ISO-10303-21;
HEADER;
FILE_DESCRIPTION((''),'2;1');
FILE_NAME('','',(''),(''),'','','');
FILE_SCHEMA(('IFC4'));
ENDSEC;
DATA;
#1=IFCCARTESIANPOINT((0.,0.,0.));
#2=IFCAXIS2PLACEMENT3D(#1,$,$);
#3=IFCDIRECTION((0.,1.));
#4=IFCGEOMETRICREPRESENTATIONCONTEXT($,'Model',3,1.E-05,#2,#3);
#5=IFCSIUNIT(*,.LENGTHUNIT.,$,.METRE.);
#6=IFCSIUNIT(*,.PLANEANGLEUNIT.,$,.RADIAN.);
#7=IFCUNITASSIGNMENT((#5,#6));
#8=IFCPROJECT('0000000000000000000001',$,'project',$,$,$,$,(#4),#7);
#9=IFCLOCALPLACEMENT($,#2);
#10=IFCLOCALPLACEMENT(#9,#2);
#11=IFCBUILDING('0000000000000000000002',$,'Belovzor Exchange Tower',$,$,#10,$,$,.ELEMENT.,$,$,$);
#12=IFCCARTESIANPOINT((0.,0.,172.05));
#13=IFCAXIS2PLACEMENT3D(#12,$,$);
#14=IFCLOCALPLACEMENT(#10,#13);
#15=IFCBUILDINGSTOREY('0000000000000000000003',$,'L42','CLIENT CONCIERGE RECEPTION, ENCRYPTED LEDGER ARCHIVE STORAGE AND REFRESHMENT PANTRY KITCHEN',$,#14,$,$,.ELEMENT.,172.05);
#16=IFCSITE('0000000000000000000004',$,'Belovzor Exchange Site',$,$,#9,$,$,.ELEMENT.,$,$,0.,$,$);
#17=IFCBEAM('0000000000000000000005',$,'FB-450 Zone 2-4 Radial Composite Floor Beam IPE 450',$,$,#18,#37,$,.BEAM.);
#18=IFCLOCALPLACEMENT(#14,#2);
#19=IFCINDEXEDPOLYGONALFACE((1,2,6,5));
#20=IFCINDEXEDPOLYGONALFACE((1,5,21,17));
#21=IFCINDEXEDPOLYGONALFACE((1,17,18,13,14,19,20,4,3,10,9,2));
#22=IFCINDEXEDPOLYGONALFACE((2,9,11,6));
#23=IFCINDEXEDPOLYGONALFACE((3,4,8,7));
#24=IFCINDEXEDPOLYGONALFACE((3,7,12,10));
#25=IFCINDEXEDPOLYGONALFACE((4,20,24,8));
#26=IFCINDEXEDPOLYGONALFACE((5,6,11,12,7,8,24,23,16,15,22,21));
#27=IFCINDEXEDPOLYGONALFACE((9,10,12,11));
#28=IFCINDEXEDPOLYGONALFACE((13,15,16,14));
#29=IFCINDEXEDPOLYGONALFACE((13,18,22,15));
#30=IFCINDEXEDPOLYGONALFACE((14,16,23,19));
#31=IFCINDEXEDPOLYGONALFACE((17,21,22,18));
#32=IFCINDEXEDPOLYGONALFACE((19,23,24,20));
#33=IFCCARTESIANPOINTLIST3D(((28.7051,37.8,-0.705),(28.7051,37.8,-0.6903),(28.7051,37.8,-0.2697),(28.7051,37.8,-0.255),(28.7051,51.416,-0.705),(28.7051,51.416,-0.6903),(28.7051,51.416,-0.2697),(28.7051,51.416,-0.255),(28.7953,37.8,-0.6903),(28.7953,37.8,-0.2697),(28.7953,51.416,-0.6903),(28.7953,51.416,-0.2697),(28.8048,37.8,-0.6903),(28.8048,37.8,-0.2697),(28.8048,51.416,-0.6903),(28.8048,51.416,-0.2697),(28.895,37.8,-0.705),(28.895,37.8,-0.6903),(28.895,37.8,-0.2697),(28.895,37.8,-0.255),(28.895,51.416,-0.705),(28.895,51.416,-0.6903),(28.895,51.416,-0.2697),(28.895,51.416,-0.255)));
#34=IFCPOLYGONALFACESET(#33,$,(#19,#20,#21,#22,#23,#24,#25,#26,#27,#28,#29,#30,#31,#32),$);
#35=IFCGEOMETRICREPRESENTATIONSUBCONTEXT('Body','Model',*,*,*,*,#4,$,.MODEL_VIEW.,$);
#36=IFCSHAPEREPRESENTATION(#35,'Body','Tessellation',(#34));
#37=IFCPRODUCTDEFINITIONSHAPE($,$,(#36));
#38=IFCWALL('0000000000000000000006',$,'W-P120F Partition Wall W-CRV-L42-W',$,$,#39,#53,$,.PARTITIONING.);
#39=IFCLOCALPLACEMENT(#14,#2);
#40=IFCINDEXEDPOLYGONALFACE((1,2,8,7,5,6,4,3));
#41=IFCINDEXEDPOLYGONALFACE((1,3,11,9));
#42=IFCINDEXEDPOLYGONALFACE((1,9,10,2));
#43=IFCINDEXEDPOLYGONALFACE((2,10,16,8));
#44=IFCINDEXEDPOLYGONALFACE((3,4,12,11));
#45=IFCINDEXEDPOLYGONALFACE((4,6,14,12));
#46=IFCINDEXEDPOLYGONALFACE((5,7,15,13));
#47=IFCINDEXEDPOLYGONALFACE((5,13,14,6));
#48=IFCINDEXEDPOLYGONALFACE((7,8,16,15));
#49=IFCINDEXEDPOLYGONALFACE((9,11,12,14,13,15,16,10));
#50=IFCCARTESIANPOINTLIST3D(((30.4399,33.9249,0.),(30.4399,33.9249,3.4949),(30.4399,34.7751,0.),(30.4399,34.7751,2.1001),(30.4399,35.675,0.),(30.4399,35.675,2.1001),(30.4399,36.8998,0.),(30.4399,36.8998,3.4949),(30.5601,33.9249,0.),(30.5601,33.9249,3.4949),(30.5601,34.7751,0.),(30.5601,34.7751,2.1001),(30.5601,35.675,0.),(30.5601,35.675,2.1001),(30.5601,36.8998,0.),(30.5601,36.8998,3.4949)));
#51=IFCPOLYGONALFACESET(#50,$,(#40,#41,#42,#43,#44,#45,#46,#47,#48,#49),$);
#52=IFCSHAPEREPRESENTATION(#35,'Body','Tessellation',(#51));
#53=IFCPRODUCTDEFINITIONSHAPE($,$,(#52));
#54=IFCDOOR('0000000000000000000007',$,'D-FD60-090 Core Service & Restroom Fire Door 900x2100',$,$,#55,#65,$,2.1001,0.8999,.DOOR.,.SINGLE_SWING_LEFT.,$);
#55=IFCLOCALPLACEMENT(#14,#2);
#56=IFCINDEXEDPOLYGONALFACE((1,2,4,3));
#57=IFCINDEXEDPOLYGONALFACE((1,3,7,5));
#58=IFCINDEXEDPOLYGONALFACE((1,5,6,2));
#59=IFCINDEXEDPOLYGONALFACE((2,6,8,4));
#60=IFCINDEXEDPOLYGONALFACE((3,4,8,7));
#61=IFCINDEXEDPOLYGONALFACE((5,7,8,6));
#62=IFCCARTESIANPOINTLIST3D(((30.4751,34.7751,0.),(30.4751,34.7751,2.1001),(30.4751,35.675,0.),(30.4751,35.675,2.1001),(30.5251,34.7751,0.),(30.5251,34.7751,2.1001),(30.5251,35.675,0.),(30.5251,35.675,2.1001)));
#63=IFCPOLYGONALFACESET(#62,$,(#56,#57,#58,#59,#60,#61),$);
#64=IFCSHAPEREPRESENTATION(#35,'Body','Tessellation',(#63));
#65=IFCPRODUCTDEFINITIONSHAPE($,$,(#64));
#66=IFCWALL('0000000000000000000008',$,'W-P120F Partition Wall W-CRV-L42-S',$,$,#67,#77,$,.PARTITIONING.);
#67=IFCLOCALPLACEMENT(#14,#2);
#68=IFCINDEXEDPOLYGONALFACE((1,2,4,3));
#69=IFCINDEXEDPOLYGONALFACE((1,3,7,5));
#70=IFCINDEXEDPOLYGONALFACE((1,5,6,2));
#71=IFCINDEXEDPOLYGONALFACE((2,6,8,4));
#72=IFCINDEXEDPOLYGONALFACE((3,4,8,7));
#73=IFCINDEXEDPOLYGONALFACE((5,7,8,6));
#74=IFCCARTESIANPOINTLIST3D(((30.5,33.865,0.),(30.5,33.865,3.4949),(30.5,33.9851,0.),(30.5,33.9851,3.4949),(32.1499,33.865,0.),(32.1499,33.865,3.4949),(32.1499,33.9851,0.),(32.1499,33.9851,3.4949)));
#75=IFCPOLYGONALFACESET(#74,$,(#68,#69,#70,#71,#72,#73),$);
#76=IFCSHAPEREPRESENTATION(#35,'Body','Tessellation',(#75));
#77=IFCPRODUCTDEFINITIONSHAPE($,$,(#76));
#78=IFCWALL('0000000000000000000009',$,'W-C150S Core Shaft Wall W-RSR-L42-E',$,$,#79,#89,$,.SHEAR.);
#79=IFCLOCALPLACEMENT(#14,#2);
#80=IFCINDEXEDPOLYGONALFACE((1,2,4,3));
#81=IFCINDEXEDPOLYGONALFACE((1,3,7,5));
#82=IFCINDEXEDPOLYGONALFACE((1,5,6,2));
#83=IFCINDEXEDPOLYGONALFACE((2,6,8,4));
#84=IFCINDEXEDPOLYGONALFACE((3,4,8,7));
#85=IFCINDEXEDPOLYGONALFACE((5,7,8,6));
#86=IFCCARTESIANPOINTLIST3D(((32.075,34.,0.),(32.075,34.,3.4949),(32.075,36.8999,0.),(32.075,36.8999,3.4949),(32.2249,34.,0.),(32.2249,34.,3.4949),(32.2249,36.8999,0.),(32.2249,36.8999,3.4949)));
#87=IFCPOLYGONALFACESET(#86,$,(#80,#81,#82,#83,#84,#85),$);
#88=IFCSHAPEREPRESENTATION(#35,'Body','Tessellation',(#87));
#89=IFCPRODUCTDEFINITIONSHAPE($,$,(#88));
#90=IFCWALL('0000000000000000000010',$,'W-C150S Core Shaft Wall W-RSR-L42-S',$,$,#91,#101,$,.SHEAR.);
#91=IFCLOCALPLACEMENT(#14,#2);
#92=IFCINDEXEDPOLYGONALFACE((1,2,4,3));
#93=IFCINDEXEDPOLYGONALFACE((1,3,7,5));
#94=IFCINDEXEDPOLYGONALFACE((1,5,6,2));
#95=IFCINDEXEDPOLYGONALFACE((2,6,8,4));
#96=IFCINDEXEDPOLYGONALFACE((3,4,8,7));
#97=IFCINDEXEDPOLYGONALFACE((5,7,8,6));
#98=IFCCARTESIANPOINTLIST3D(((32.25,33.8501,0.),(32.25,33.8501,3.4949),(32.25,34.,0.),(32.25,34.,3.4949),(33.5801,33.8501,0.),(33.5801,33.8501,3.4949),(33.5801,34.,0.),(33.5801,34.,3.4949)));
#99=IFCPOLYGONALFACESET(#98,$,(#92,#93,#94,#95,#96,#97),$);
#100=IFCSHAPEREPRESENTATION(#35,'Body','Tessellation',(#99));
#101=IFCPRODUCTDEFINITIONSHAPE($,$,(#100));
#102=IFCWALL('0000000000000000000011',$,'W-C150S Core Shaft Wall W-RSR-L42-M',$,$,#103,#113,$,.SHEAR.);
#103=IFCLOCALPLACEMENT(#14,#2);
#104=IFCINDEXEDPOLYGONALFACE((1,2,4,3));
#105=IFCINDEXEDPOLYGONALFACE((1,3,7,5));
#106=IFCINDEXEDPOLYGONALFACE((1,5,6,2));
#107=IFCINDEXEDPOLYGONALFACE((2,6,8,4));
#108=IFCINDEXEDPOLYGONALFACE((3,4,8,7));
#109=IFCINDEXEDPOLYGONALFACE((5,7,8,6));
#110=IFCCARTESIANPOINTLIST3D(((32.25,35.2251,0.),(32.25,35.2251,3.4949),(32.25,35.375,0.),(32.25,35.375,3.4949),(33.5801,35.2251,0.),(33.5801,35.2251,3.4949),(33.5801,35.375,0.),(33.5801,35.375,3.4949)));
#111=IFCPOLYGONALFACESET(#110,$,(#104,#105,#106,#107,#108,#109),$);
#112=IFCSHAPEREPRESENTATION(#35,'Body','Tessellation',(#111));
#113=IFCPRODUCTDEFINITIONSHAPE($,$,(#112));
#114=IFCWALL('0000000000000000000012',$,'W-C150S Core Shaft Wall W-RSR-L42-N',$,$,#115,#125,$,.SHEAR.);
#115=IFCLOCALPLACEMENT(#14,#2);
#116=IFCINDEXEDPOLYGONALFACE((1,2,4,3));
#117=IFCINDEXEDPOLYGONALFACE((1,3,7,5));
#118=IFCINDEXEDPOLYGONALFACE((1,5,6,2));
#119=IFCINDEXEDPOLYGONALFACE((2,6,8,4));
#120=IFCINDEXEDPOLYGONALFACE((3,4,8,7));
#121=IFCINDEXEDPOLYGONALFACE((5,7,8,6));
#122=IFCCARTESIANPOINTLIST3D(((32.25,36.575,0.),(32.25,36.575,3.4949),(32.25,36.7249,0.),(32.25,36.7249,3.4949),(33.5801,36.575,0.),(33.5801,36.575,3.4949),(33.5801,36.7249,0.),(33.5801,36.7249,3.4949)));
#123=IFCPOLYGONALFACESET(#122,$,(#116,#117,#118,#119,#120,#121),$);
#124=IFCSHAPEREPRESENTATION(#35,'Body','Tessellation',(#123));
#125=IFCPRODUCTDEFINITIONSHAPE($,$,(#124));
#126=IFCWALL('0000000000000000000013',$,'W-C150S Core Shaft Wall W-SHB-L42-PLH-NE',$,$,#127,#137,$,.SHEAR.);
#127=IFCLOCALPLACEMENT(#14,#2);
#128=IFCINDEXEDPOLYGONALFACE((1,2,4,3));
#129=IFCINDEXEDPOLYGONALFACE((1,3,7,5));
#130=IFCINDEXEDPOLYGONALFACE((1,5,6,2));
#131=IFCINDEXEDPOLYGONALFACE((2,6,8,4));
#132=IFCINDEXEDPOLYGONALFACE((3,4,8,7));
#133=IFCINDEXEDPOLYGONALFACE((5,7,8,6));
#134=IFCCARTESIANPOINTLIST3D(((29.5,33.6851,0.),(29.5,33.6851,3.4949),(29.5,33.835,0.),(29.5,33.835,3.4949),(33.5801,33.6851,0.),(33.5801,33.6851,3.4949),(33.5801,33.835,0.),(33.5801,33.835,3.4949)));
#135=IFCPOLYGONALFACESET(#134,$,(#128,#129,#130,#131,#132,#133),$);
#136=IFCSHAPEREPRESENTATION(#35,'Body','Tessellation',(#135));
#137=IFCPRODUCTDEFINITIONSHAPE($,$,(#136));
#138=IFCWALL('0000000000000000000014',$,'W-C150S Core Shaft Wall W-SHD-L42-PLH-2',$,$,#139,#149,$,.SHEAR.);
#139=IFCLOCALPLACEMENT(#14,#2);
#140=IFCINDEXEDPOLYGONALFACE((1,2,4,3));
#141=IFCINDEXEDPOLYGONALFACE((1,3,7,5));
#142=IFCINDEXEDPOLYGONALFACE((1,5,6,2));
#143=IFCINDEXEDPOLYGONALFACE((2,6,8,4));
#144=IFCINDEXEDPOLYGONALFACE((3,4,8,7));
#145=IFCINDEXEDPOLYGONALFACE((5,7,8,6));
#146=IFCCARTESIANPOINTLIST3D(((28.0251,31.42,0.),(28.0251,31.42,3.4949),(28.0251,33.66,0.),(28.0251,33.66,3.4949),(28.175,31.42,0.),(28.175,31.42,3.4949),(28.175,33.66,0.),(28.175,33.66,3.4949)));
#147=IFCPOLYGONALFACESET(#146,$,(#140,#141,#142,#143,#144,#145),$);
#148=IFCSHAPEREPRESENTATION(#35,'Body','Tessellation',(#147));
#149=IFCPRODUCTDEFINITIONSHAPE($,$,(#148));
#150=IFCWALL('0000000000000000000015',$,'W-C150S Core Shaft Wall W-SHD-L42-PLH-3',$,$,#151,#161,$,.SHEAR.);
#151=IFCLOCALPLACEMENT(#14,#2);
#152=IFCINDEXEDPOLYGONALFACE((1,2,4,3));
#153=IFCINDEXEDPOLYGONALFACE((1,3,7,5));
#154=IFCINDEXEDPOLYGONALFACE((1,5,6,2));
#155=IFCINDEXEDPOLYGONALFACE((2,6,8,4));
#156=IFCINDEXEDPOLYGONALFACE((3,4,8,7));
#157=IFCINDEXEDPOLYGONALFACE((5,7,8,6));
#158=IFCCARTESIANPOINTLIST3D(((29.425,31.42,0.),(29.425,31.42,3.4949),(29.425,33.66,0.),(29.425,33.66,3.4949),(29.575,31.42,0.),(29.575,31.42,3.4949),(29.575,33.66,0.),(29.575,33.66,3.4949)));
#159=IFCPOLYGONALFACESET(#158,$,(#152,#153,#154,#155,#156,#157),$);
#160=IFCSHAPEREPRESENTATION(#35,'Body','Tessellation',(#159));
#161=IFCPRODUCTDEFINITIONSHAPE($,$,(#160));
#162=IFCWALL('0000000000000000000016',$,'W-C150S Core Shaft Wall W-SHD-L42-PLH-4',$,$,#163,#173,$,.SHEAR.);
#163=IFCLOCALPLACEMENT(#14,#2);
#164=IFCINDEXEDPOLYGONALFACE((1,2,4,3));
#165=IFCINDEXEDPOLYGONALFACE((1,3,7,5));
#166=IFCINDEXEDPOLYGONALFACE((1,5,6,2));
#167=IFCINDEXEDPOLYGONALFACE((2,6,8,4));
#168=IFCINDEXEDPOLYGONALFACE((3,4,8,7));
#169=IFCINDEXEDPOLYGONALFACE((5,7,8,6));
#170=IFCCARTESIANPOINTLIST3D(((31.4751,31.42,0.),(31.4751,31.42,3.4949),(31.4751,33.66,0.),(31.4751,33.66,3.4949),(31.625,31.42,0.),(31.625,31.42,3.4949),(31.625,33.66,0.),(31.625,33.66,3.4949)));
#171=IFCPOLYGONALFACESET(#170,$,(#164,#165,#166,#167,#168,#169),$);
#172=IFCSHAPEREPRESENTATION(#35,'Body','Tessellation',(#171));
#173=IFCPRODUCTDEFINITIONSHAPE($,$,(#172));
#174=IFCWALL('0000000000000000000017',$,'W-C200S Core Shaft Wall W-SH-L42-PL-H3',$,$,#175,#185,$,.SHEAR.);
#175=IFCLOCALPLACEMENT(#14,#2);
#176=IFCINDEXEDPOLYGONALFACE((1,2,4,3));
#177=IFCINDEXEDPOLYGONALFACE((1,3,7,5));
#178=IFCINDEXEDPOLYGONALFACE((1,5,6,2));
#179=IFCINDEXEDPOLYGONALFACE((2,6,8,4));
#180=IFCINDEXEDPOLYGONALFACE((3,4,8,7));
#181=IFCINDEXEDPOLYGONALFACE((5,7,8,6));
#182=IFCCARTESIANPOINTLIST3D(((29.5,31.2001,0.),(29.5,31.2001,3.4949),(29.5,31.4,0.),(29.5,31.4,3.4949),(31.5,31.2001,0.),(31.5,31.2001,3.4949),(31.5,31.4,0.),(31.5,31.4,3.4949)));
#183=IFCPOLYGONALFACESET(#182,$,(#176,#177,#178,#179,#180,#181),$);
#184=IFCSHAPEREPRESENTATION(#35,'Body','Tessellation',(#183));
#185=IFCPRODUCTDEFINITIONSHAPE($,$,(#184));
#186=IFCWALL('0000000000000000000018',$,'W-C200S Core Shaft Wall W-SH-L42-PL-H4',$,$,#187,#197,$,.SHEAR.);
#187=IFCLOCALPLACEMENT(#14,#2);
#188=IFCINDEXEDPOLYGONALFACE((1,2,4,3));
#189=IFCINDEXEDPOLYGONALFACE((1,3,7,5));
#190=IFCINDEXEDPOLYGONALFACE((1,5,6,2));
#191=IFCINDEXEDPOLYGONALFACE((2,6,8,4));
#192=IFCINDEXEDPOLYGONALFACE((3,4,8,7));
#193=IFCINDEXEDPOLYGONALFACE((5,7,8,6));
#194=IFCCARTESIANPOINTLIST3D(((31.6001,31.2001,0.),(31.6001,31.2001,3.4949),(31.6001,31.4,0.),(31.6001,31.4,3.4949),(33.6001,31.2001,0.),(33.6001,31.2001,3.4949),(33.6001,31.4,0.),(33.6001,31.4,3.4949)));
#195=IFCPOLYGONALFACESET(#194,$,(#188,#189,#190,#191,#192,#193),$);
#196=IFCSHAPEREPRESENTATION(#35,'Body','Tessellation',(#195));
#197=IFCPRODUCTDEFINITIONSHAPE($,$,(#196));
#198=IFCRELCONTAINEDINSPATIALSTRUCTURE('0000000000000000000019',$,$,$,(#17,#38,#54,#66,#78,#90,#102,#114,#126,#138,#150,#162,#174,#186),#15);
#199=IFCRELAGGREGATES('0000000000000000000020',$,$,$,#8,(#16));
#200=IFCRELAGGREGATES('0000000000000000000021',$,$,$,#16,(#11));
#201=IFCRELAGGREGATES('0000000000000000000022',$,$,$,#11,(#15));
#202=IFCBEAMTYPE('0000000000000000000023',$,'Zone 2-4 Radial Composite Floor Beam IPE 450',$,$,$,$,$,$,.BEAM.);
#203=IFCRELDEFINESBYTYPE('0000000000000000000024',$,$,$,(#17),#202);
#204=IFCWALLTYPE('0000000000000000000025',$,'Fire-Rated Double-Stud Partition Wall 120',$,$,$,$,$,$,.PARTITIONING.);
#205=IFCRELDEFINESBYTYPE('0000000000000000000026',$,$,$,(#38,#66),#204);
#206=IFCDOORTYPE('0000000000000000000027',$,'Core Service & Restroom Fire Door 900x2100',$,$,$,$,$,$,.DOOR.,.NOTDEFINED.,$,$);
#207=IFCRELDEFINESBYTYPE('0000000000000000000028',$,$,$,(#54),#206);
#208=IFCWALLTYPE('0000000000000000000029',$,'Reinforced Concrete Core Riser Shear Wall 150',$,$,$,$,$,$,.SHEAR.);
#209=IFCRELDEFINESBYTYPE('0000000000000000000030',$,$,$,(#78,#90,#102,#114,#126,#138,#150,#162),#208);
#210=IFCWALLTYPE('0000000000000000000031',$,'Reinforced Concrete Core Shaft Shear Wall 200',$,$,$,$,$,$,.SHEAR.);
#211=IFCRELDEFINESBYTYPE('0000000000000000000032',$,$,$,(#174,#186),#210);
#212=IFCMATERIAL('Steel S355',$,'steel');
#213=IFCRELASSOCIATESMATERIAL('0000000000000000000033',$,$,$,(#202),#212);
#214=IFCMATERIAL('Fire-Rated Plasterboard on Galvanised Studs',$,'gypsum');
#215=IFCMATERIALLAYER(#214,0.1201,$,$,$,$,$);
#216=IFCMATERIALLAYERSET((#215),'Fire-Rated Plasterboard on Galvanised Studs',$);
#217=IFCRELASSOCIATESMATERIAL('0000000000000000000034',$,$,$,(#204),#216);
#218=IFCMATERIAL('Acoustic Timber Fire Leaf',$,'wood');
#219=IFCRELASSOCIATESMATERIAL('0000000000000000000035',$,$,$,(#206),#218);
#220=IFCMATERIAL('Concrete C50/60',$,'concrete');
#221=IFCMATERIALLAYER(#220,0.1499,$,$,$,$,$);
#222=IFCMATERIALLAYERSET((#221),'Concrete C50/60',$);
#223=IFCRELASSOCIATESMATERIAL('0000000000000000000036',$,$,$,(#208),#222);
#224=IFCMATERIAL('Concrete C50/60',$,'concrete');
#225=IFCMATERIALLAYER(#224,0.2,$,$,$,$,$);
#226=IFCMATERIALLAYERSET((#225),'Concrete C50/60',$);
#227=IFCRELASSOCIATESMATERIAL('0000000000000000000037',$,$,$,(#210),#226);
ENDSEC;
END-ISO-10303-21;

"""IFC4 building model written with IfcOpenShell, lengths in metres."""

from ifc_helpers import new_model, si_unit, direction, frame, frame_2d, origin, origin_2d, place, context, subcontext, project, spatial, rectangle, i_section, extrude, material, layer, layer_set, material_profile, profile_set, type_object, element, fill, save


model = new_model("IFC4")

# Units and contexts
model_context = context("Model", 3, precision=1e-05, world=origin(), true_north=direction((0.0, 1.0)))
body_context = subcontext(model_context, "Body", "Model", "MODEL_VIEW")
ifc_project = project(units=[si_unit("LENGTHUNIT", "METRE"), si_unit("PLANEANGLEUNIT", "RADIAN")], contexts=[model_context])

# Site, building, storey
site_placement = place(None, origin())
site = spatial("IfcSite", under=ifc_project, at=site_placement, Name="Belovzor Exchange Site", CompositionType="ELEMENT", RefElevation=0.0)
building_placement = place(site_placement, origin())
building = spatial("IfcBuilding", under=site, at=building_placement, Name="Belovzor Exchange Tower", CompositionType="ELEMENT")
storey_placement = place(building_placement, frame((0.0, 0.0, 172.05)))
storey = spatial("IfcBuildingStorey", under=building, at=storey_placement, Name="L42", Description="CLIENT CONCIERGE RECEPTION, ENCRYPTED LEDGER ARCHIVE STORAGE AND REFRESHMENT PANTRY KITCHEN", CompositionType="ELEMENT", Elevation=172.05)

# Beam
ifc_material_1 = material(Name="Steel S355", Category="steel")
ifc_material_profile = material_profile(ifc_material_1, i_section(OverallWidth=0.1899, OverallDepth=0.45, WebThickness=0.0095, FlangeThickness=0.0146, at=origin_2d()))
ifc_profile_set = profile_set([ifc_material_profile], Name="Steel S355")
beam_type = type_object("IfcBeamType", Name="Zone 2-4 Radial Composite Floor Beam IPE 450", PredefinedType="BEAM", material=ifc_profile_set)
beam_placement = place(storey_placement, frame((28.8, 37.8, -0.48), z_axis=(0.0, 1.0, 0.0), x_axis=(-1.0, 0.0, 0.0)))
element("IfcBeam", 1, at=beam_placement, inside=storey, type_object=beam_type, Name="FB-450 Zone 2-4 Radial Composite Floor Beam IPE 450", PredefinedType="BEAM", context=body_context, shape_type="SweptSolid", body=[
    extrude(i_section(OverallWidth=0.1899, OverallDepth=0.45, WebThickness=0.0095, FlangeThickness=0.0146, at=origin_2d()), origin(), (0.0, 0.0, 1.0), 13.616),
])

# Wall, opening, door
ifc_material_2 = material(Name="Fire-Rated Plasterboard on Galvanised Studs", Category="gypsum")
ifc_layer_1 = layer(ifc_material_2, 0.1201)
ifc_layer_set_1 = layer_set([ifc_layer_1], Name="Fire-Rated Plasterboard on Galvanised Studs")
wall_type_1 = type_object("IfcWallType", Name="Fire-Rated Double-Stud Partition Wall 120", PredefinedType="PARTITIONING", material=ifc_layer_set_1)
wall_1_placement = place(storey_placement, frame((30.5, 33.925, 0.0), z_axis=(0.0, 0.0, 1.0), x_axis=(0.0, 1.0, 0.0)))
wall_1 = element("IfcWall", 2, at=wall_1_placement, inside=storey, type_object=wall_type_1, Name="W-P120F Partition Wall W-CRV-L42-W", PredefinedType="PARTITIONING", context=body_context, shape_type="SweptSolid", body=[
    extrude(rectangle(XDim=2.9749, YDim=0.1201, at=frame_2d((1.4873, 0.0))), origin(), (0.0, 0.0, 1.0), 3.4949),
])
opening_placement = place(wall_1_placement, frame((0.8501, 0.0, 0.0)))
opening = element("IfcOpeningElement", 3, at=opening_placement, cuts=wall_1, PredefinedType="OPENING", context=body_context, shape_type="SweptSolid", body=[
    extrude(rectangle(XDim=0.8999, YDim=2.1001, at=frame_2d((0.45, 1.05))), frame((0.0, 0.0701, 0.0), z_axis=(0.0, -1.0, 0.0), x_axis=(1.0, 0.0, 0.0)), (0.0, 0.0, 1.0), 0.1401),
])
ifc_material_3 = material(Name="Acoustic Timber Fire Leaf", Category="wood")
door_type = type_object("IfcDoorType", Name="Core Service & Restroom Fire Door 900x2100", OperationType="NOTDEFINED", PredefinedType="DOOR", material=ifc_material_3)
door_placement = place(opening_placement, origin())
door = element("IfcDoor", 4, at=door_placement, inside=storey, type_object=door_type, Name="D-FD60-090 Core Service & Restroom Fire Door 900x2100", OperationType="SINGLE_SWING_LEFT", OverallHeight=2.1001, OverallWidth=0.8999, PredefinedType="DOOR", context=body_context, shape_type="SweptSolid", body=[
    extrude(rectangle(XDim=0.8999, YDim=2.1001, at=frame_2d((0.45, 1.05))), frame((0.0, 0.0249, 0.0), z_axis=(0.0, -1.0, 0.0), x_axis=(1.0, 0.0, 0.0)), (0.0, 0.0, 1.0), 0.05),
])
fill(opening, door)

# Walls
wall_2_placement = place(storey_placement, frame((30.5, 33.925, 0.0), z_axis=(0.0, 0.0, 1.0), x_axis=(1.0, 0.0, 0.0)))
element("IfcWall", 5, at=wall_2_placement, inside=storey, type_object=wall_type_1, Name="W-P120F Partition Wall W-CRV-L42-S", PredefinedType="PARTITIONING", context=body_context, shape_type="SweptSolid", body=[
    extrude(rectangle(XDim=1.6499, YDim=0.1201, at=frame_2d((0.825, 0.0))), origin(), (0.0, 0.0, 1.0), 3.4949),
])
ifc_material_4 = material(Name="Concrete C50/60", Category="concrete")
ifc_layer_2 = layer(ifc_material_4, 0.1499)
ifc_layer_set_2 = layer_set([ifc_layer_2], Name="Concrete C50/60")
wall_type_2 = type_object("IfcWallType", Name="Reinforced Concrete Core Riser Shear Wall 150", PredefinedType="SHEAR", material=ifc_layer_set_2)
wall_3_placement = place(storey_placement, frame((32.1499, 34.0, 0.0), z_axis=(0.0, 0.0, 1.0), x_axis=(0.0, 1.0, 0.0)))
element("IfcWall", 6, at=wall_3_placement, inside=storey, type_object=wall_type_2, Name="W-C150S Core Shaft Wall W-RSR-L42-E", PredefinedType="SHEAR", context=body_context, shape_type="SweptSolid", body=[
    extrude(rectangle(XDim=2.8999, YDim=0.1499, at=frame_2d((1.45, 0.0))), origin(), (0.0, 0.0, 1.0), 3.4949),
])
for number, where, z_axis, x_axis, name in (
    (7, (32.25, 33.925, 0.0), (0.0, 0.0, 1.0), (1.0, 0.0, 0.0), "W-C150S Core Shaft Wall W-RSR-L42-S"),
    (8, (32.25, 35.3, 0.0), (0.0, 0.0, 1.0), (1.0, 0.0, 0.0), "W-C150S Core Shaft Wall W-RSR-L42-M"),
    (9, (32.25, 36.6499, 0.0), (0.0, 0.0, 1.0), (1.0, 0.0, 0.0), "W-C150S Core Shaft Wall W-RSR-L42-N"),
):
    element("IfcWall", number, at=place(storey_placement, frame(where, z_axis=z_axis, x_axis=x_axis)), inside=storey, type_object=wall_type_2, Name=name, PredefinedType="SHEAR", context=body_context, shape_type="SweptSolid", body=[
        extrude(rectangle(XDim=1.3301, YDim=0.1499, at=frame_2d((0.665, 0.0))), origin(), (0.0, 0.0, 1.0), 3.4949),
    ])
wall_4_placement = place(storey_placement, frame((29.5, 33.76, 0.0), z_axis=(0.0, 0.0, 1.0), x_axis=(1.0, 0.0, 0.0)))
element("IfcWall", 10, at=wall_4_placement, inside=storey, type_object=wall_type_2, Name="W-C150S Core Shaft Wall W-SHB-L42-PLH-NE", PredefinedType="SHEAR", context=body_context, shape_type="SweptSolid", body=[
    extrude(rectangle(XDim=4.0801, YDim=0.1499, at=frame_2d((2.04, 0.0))), origin(), (0.0, 0.0, 1.0), 3.4949),
])
for number, where, z_axis, x_axis, name in (
    (11, (28.1001, 31.4199, 0.0), (0.0, 0.0, 1.0), (0.0, 1.0, 0.0), "W-C150S Core Shaft Wall W-SHD-L42-PLH-2"),
    (12, (29.5, 31.4199, 0.0), (0.0, 0.0, 1.0), (0.0, 1.0, 0.0), "W-C150S Core Shaft Wall W-SHD-L42-PLH-3"),
    (13, (31.55, 31.4199, 0.0), (0.0, 0.0, 1.0), (0.0, 1.0, 0.0), "W-C150S Core Shaft Wall W-SHD-L42-PLH-4"),
):
    element("IfcWall", number, at=place(storey_placement, frame(where, z_axis=z_axis, x_axis=x_axis)), inside=storey, type_object=wall_type_2, Name=name, PredefinedType="SHEAR", context=body_context, shape_type="SweptSolid", body=[
        extrude(rectangle(XDim=2.24, YDim=0.1499, at=frame_2d((1.1201, 0.0))), origin(), (0.0, 0.0, 1.0), 3.4949),
    ])
ifc_material_5 = material(Name="Concrete C50/60", Category="concrete")
ifc_layer_3 = layer(ifc_material_5, 0.2)
ifc_layer_set_3 = layer_set([ifc_layer_3], Name="Concrete C50/60")
wall_type_3 = type_object("IfcWallType", Name="Reinforced Concrete Core Shaft Shear Wall 200", PredefinedType="SHEAR", material=ifc_layer_set_3)
for number, where, z_axis, x_axis, name in (
    (14, (29.5, 31.3, 0.0), (0.0, 0.0, 1.0), (1.0, 0.0, 0.0), "W-C200S Core Shaft Wall W-SH-L42-PL-H3"),
    (15, (31.6001, 31.3, 0.0), (0.0, 0.0, 1.0), (1.0, 0.0, 0.0), "W-C200S Core Shaft Wall W-SH-L42-PL-H4"),
):
    element("IfcWall", number, at=place(storey_placement, frame(where, z_axis=z_axis, x_axis=x_axis)), inside=storey, type_object=wall_type_3, Name=name, PredefinedType="SHEAR", context=body_context, shape_type="SweptSolid", body=[
        extrude(rectangle(XDim=2.0, YDim=0.2, at=frame_2d((1.0, 0.0))), origin(), (0.0, 0.0, 1.0), 3.4949),
    ])

save(model, "model.ifc")
